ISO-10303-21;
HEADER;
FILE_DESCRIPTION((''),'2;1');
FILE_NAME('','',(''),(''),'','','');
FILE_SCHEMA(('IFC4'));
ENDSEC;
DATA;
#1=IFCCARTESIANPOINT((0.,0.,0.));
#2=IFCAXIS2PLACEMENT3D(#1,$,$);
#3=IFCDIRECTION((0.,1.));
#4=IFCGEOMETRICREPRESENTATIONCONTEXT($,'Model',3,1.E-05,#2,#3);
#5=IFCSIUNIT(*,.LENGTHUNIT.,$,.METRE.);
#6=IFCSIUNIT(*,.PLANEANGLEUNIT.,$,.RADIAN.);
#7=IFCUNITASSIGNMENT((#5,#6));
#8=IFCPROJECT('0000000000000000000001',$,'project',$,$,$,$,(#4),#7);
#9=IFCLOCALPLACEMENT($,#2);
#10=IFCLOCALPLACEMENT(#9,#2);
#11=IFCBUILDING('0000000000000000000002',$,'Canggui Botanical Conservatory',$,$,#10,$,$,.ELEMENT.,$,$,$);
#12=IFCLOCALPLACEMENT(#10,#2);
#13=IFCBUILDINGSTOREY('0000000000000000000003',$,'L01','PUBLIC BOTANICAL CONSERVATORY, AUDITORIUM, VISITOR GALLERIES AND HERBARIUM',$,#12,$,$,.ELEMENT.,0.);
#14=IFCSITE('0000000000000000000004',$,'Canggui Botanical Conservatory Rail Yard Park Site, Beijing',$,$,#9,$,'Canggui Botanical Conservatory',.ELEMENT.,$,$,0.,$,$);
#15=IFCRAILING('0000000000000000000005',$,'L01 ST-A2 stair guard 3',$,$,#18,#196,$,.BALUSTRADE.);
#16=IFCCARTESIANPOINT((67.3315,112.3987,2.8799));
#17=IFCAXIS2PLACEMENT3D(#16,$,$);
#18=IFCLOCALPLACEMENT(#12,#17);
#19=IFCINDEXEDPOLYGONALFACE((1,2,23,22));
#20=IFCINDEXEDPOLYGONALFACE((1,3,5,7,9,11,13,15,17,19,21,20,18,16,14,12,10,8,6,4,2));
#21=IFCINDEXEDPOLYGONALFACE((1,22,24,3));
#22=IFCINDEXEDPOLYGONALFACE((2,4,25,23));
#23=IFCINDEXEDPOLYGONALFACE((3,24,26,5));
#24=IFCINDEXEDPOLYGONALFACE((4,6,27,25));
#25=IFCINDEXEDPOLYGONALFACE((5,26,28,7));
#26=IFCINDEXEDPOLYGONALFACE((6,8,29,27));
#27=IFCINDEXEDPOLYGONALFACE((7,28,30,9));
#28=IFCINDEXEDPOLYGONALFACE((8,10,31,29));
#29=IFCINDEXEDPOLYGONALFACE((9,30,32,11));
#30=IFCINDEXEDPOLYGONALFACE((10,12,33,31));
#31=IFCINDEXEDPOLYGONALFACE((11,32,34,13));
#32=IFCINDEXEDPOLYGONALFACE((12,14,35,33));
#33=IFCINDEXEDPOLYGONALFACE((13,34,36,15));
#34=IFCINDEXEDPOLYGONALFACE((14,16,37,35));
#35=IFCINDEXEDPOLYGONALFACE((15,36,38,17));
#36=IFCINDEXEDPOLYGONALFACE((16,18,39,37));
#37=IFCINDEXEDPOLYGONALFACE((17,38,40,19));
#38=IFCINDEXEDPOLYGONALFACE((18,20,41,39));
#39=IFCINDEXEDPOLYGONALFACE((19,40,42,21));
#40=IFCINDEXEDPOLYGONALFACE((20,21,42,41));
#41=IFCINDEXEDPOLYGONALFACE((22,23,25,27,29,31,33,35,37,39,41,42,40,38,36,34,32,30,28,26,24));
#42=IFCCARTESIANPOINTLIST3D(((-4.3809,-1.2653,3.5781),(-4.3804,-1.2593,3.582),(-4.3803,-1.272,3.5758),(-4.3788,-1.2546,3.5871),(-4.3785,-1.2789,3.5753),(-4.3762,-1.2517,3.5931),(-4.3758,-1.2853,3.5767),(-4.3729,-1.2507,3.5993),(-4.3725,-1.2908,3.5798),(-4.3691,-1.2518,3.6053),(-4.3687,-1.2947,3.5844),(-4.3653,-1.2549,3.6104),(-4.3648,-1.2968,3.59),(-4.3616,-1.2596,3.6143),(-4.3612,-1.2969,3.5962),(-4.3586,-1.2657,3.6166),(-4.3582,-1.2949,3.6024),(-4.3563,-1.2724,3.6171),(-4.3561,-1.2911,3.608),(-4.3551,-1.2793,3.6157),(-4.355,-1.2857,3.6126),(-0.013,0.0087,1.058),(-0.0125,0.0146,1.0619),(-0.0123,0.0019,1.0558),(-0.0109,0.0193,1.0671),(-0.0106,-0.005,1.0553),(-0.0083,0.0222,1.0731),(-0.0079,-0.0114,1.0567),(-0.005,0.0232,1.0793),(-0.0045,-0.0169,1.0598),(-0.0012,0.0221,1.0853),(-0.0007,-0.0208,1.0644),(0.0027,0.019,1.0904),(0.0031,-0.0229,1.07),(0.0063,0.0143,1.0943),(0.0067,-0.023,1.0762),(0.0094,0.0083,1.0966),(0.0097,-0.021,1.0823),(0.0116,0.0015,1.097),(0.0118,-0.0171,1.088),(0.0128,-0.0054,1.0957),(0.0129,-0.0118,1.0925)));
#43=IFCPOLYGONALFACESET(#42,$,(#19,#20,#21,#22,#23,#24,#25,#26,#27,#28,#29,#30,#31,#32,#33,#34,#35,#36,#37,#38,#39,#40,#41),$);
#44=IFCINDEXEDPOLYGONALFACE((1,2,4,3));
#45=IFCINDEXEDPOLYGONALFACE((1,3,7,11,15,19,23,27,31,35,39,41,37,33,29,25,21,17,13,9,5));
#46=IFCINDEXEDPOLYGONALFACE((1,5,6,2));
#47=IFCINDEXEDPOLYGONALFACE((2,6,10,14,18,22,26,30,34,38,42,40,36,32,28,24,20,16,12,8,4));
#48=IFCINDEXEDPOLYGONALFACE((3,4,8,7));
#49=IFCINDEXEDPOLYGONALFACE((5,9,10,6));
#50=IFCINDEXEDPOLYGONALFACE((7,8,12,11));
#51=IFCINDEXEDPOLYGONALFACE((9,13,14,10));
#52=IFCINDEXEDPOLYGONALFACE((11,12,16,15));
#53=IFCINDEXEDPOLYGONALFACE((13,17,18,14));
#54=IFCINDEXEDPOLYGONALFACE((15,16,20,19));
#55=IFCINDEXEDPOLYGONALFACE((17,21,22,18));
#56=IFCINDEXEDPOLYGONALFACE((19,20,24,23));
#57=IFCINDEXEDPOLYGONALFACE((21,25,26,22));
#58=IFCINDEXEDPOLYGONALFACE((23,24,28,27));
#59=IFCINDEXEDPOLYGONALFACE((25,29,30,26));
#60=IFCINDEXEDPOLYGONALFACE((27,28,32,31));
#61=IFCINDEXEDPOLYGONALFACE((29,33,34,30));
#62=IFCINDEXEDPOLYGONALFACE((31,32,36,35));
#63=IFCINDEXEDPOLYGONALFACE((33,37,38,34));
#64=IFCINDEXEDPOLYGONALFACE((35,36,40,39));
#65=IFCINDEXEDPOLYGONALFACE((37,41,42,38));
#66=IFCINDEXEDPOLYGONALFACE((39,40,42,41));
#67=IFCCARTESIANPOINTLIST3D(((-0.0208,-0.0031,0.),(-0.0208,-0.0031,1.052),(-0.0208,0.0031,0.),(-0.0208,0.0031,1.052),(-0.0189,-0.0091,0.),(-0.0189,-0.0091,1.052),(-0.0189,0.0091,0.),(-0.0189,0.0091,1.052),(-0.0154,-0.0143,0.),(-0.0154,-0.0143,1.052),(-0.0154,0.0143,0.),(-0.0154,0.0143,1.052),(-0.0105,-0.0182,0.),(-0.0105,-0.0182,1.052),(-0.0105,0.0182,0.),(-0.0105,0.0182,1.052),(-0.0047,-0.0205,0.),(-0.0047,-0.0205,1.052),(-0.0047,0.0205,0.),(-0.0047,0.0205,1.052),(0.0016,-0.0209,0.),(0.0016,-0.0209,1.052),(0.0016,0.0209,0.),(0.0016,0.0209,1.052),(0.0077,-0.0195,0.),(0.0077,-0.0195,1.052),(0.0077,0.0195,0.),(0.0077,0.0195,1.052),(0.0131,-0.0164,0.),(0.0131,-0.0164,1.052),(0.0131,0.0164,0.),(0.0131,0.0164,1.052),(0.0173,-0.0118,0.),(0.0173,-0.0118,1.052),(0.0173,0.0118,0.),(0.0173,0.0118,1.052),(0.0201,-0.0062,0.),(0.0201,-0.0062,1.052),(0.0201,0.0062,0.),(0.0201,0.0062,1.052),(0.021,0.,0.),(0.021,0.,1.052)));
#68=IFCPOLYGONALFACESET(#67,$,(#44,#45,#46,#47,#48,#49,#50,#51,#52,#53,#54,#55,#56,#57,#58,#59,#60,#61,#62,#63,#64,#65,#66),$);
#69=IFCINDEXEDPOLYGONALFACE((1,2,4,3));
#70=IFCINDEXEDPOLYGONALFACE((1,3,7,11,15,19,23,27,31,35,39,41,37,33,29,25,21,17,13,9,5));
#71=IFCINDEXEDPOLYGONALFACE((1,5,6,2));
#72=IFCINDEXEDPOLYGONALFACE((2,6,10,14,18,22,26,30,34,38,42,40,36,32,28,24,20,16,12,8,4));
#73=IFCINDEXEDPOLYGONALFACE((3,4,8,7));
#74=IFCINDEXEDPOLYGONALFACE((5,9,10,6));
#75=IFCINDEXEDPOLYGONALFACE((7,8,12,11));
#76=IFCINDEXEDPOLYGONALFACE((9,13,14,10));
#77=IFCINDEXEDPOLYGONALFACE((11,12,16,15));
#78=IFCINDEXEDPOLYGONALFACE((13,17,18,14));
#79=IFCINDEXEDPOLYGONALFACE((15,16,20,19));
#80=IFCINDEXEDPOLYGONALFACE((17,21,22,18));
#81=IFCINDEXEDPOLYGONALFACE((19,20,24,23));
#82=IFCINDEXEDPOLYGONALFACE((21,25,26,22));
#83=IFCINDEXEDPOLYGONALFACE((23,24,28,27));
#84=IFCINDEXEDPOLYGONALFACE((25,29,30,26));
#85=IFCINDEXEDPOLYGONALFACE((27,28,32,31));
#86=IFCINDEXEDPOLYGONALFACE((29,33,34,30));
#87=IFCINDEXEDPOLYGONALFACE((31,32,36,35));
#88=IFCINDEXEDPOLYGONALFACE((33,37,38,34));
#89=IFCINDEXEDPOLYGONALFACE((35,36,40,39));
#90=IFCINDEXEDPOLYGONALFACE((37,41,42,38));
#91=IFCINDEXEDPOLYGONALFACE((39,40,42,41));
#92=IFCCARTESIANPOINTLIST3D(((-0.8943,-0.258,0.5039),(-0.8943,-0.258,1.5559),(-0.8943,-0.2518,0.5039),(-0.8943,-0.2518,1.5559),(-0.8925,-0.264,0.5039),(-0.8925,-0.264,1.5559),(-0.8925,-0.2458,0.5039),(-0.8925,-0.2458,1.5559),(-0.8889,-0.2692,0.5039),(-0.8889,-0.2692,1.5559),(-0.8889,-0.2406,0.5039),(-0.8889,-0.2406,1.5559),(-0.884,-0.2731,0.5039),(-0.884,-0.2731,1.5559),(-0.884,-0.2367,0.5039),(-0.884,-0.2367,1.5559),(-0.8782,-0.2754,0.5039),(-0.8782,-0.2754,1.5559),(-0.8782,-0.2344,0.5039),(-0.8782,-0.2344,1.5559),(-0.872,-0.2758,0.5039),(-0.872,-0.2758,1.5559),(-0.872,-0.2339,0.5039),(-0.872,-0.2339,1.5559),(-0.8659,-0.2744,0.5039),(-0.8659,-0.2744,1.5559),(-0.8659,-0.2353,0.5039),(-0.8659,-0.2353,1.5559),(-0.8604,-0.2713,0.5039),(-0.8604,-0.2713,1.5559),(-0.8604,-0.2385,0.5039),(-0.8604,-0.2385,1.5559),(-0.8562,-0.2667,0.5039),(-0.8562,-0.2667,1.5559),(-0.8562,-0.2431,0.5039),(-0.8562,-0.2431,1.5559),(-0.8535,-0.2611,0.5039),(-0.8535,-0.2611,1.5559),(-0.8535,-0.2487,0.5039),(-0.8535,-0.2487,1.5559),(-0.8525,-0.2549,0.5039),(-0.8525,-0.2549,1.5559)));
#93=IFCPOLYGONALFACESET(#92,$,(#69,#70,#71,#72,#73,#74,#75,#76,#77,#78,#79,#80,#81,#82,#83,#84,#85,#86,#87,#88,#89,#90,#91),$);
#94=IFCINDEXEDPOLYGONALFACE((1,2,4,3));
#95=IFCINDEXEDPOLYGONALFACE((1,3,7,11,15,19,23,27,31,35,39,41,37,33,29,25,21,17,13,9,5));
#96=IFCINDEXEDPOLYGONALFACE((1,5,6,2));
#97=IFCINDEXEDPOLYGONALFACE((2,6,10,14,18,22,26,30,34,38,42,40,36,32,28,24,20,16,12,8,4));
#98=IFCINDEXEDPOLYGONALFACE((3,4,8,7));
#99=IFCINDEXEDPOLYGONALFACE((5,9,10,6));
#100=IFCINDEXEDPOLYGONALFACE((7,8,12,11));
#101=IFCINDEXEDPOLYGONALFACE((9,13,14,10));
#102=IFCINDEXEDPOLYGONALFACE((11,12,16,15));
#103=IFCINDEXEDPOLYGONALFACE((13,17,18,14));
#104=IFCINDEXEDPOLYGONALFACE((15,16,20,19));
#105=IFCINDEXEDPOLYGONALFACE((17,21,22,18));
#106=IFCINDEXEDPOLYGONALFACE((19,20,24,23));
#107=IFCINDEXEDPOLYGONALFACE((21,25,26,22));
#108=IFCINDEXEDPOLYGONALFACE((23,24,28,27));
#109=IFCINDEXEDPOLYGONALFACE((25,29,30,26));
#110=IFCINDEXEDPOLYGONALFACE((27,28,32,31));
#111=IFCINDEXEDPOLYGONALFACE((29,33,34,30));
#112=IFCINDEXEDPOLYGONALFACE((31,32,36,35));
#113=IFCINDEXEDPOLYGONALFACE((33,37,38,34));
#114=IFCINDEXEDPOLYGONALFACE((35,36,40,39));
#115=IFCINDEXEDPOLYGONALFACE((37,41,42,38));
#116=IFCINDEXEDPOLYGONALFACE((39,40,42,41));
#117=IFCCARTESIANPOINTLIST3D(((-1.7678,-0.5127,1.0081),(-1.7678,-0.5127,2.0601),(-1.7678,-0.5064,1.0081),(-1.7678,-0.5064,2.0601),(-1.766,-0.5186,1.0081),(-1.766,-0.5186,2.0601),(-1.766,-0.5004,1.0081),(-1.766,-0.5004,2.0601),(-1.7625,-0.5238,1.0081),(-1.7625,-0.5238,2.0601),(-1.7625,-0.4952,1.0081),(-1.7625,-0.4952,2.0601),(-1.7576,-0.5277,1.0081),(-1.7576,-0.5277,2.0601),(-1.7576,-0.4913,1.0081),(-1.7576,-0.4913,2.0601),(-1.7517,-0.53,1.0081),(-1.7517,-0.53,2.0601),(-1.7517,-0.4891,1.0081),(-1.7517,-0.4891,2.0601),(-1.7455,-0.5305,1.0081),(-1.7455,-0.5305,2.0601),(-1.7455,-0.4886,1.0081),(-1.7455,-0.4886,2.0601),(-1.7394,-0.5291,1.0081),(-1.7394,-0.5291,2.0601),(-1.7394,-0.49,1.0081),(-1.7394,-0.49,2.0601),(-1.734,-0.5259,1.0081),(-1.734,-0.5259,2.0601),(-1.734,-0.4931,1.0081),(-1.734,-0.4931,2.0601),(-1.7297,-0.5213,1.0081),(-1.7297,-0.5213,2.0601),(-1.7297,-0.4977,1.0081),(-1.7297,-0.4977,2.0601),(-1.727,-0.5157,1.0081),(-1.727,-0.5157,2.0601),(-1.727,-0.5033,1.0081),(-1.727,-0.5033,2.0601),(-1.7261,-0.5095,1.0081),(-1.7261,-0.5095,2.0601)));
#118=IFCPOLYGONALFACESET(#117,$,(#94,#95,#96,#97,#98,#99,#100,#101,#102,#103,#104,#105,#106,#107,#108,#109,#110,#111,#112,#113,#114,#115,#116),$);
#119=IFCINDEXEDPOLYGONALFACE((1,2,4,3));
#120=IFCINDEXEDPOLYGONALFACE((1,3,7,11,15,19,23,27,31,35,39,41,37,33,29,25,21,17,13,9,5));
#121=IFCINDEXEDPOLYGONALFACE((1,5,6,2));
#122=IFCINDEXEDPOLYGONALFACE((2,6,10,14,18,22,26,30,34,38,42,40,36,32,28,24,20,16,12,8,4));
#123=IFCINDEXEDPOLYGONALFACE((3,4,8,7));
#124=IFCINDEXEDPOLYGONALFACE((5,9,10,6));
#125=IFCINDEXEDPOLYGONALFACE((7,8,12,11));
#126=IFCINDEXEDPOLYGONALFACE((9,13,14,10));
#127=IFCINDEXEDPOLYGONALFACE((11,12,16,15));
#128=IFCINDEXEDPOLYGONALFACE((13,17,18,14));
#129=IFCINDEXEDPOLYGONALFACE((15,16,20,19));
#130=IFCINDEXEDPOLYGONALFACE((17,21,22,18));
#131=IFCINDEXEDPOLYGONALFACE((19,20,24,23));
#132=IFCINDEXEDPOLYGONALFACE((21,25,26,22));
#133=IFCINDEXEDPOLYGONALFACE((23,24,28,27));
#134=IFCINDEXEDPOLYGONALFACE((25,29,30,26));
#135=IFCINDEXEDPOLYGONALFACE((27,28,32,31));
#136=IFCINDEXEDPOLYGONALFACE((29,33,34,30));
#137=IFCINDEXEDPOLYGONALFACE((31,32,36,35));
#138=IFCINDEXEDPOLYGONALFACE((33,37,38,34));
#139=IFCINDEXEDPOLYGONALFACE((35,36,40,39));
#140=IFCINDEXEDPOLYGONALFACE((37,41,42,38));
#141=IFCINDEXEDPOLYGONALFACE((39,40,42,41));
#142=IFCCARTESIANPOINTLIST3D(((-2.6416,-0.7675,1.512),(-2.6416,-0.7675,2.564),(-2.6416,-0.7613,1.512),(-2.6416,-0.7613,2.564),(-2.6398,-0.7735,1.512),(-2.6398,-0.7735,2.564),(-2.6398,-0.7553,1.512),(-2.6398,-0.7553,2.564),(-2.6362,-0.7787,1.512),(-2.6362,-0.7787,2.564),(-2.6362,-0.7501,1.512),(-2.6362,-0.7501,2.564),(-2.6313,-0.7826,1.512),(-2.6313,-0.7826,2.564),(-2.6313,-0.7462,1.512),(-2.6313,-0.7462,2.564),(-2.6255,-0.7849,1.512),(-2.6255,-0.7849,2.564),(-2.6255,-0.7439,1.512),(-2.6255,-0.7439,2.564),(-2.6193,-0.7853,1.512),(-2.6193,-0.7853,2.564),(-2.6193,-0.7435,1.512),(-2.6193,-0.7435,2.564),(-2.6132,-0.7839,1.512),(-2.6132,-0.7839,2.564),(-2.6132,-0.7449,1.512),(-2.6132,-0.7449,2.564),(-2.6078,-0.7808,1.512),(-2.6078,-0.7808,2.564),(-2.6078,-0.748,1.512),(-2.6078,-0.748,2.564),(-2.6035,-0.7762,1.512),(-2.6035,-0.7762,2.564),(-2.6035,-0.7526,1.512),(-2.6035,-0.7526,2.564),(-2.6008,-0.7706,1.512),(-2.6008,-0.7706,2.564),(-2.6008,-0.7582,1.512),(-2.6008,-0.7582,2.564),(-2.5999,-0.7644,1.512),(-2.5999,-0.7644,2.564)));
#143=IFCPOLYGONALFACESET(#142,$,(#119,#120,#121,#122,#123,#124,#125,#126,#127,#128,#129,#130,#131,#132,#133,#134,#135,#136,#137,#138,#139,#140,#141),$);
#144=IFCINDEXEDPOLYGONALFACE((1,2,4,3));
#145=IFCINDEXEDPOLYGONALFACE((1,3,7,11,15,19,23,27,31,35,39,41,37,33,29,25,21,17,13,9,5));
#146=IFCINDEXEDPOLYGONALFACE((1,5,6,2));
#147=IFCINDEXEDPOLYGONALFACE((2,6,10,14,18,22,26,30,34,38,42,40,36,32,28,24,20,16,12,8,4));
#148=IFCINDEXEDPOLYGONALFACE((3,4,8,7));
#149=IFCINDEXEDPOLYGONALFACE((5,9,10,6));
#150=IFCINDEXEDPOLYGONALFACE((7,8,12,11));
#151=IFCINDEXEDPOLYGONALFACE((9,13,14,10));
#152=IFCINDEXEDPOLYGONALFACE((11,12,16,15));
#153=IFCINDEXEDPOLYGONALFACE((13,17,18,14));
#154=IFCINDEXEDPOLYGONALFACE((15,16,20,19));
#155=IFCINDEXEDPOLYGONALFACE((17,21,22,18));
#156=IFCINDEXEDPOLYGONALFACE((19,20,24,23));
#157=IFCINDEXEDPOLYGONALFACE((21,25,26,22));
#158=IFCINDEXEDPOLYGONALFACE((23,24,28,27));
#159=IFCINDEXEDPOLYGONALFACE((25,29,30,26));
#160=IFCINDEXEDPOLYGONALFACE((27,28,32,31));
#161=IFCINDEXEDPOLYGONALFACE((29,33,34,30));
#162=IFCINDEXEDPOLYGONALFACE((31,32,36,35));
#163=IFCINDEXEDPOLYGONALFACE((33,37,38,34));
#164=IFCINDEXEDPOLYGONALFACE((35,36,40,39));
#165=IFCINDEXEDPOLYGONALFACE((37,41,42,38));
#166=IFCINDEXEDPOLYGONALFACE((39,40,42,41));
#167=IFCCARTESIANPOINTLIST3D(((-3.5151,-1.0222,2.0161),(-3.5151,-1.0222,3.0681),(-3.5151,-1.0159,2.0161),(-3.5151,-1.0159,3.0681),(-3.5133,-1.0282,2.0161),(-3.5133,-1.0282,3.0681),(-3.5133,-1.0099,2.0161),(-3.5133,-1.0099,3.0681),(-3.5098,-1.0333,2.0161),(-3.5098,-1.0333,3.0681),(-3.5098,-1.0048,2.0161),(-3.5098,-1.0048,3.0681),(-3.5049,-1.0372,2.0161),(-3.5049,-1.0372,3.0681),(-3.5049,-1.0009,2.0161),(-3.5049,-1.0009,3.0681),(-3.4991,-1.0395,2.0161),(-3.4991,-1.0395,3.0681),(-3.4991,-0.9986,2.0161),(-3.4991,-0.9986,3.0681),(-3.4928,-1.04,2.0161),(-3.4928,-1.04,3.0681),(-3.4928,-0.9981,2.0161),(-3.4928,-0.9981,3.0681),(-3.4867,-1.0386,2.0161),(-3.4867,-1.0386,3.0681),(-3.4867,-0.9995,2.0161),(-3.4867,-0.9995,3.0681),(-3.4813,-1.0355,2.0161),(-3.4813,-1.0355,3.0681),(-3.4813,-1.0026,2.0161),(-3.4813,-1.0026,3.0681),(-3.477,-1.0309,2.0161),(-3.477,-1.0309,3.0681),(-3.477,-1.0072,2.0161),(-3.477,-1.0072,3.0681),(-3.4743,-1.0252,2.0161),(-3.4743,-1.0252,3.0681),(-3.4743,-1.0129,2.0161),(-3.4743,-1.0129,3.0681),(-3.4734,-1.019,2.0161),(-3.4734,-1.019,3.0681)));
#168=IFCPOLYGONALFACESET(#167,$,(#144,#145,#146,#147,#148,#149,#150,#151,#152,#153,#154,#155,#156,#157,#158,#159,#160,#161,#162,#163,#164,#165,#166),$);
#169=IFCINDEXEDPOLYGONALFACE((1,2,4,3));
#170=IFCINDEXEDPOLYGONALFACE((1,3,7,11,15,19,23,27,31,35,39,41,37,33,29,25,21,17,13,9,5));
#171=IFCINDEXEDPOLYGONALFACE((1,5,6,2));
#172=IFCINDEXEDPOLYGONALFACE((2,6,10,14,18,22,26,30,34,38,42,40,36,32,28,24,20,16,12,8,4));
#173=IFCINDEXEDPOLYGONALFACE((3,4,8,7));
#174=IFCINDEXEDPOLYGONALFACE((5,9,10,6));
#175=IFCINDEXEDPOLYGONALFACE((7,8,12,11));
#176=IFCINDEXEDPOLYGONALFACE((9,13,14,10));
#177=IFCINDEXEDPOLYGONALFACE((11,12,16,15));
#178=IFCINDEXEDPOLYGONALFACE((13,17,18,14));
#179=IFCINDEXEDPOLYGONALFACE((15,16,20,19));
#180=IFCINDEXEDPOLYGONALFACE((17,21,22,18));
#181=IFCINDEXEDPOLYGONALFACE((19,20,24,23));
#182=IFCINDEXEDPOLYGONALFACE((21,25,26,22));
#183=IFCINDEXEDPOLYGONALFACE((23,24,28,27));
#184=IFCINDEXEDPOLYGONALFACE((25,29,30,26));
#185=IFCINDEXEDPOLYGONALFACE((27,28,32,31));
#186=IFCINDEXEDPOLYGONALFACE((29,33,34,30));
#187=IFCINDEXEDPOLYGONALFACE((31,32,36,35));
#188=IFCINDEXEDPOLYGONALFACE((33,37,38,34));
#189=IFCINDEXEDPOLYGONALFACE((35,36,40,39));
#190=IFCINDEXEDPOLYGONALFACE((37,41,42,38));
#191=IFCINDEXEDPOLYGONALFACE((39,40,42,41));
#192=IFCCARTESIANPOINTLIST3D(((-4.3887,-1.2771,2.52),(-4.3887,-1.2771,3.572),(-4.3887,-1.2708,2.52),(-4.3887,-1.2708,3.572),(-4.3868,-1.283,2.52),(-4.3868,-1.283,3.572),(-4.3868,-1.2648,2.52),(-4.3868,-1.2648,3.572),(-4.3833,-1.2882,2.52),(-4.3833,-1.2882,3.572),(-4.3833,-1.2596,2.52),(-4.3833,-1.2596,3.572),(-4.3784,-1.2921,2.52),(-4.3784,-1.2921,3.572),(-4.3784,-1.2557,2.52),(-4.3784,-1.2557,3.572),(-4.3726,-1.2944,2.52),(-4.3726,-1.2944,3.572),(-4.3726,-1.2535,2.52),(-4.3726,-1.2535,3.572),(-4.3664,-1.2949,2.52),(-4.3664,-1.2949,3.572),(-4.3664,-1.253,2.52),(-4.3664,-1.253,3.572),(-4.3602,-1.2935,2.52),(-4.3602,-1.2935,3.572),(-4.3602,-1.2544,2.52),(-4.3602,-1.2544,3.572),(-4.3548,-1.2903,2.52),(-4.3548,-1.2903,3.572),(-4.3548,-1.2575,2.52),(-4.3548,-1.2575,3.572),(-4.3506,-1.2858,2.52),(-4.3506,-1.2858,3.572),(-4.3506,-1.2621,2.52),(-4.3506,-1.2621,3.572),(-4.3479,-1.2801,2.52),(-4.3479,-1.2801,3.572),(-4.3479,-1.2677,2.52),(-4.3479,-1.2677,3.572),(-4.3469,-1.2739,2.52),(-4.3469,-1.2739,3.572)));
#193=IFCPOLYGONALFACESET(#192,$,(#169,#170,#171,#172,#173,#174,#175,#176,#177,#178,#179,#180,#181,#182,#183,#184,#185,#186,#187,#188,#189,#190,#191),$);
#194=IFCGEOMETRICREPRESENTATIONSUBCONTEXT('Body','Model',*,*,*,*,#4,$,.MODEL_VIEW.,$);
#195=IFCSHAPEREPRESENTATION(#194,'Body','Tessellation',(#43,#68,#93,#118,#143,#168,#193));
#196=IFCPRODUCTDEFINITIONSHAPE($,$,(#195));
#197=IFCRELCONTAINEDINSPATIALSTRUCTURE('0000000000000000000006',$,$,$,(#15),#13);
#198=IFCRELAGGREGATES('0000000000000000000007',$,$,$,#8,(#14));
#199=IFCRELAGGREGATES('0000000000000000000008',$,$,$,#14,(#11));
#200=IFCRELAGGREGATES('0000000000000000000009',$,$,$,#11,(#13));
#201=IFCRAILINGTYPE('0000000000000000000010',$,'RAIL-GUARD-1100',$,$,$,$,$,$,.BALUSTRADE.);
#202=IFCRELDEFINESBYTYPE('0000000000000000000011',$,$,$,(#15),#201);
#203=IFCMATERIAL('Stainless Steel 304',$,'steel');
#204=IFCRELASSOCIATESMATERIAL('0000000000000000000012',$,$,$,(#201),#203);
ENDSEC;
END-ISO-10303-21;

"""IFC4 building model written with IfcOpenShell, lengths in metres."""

from ifc_helpers import new_model, si_unit, direction, frame, origin, origin_2d, place, context, subcontext, project, spatial, circle, extrude, material, type_object, element, save


model = new_model("IFC4")

# Units and contexts
model_context = context("Model", 3, precision=1e-05, world=origin(), true_north=direction((0.0, 1.0)))
body_context = subcontext(model_context, "Body", "Model", "MODEL_VIEW")
ifc_project = project(units=[si_unit("LENGTHUNIT", "METRE"), si_unit("PLANEANGLEUNIT", "RADIAN")], contexts=[model_context])

# Site, building, storey
site_placement = place(None, origin())
site = spatial("IfcSite", under=ifc_project, at=site_placement, Name="Canggui Botanical Conservatory Rail Yard Park Site, Beijing", LongName="Canggui Botanical Conservatory", CompositionType="ELEMENT", RefElevation=0.0)
building_placement = place(site_placement, origin())
building = spatial("IfcBuilding", under=site, at=building_placement, Name="Canggui Botanical Conservatory", CompositionType="ELEMENT")
storey_placement = place(building_placement, origin())
storey = spatial("IfcBuildingStorey", under=building, at=storey_placement, Name="L01", Description="PUBLIC BOTANICAL CONSERVATORY, AUDITORIUM, VISITOR GALLERIES AND HERBARIUM", CompositionType="ELEMENT", Elevation=0.0)

# Railing
ifc_material_1 = material(Name="Stainless Steel 304", Category="steel")
railing_type_1 = type_object("IfcRailingType", Name="RAIL-GUARD-1100", PredefinedType="BALUSTRADE", material=ifc_material_1)
railing_1_placement = place(storey_placement, frame((67.3315, 112.3987, 2.8799)))
element("IfcRailing", 1, at=railing_1_placement, inside=storey, type_object=railing_type_1, Name="L01 ST-A2 stair guard 3", PredefinedType="BALUSTRADE", context=body_context, shape_type="SweptSolid", body=[
    extrude(circle(Radius=0.0239, at=origin_2d()), frame((0.0, 0.0, 1.0762), z_axis=(-0.839797, -0.244931, 0.484511), x_axis=(0.27999, -0.960003, 0.0)), (0.0, 0.0, 1.0), 5.2012),
    extrude(circle(Radius=0.021, at=origin_2d()), origin(), (0.0, 0.0, 1.0), 1.052),
    extrude(circle(Radius=0.021, at=origin_2d()), frame((-0.8735, -0.2549, 0.5039)), (0.0, 0.0, 1.0), 1.052),
    extrude(circle(Radius=0.021, at=origin_2d()), frame((-1.7471, -0.5095, 1.0081)), (0.0, 0.0, 1.0), 1.052),
    extrude(circle(Radius=0.021, at=origin_2d()), frame((-2.6208, -0.7644, 1.512)), (0.0, 0.0, 1.0), 1.052),
    extrude(circle(Radius=0.021, at=origin_2d()), frame((-3.4944, -1.019, 2.0161)), (0.0, 0.0, 1.0), 1.052),
    extrude(circle(Radius=0.021, at=origin_2d()), frame((-4.3679, -1.2739, 2.52)), (0.0, 0.0, 1.0), 1.052),
])

save(model, "model.ifc")
